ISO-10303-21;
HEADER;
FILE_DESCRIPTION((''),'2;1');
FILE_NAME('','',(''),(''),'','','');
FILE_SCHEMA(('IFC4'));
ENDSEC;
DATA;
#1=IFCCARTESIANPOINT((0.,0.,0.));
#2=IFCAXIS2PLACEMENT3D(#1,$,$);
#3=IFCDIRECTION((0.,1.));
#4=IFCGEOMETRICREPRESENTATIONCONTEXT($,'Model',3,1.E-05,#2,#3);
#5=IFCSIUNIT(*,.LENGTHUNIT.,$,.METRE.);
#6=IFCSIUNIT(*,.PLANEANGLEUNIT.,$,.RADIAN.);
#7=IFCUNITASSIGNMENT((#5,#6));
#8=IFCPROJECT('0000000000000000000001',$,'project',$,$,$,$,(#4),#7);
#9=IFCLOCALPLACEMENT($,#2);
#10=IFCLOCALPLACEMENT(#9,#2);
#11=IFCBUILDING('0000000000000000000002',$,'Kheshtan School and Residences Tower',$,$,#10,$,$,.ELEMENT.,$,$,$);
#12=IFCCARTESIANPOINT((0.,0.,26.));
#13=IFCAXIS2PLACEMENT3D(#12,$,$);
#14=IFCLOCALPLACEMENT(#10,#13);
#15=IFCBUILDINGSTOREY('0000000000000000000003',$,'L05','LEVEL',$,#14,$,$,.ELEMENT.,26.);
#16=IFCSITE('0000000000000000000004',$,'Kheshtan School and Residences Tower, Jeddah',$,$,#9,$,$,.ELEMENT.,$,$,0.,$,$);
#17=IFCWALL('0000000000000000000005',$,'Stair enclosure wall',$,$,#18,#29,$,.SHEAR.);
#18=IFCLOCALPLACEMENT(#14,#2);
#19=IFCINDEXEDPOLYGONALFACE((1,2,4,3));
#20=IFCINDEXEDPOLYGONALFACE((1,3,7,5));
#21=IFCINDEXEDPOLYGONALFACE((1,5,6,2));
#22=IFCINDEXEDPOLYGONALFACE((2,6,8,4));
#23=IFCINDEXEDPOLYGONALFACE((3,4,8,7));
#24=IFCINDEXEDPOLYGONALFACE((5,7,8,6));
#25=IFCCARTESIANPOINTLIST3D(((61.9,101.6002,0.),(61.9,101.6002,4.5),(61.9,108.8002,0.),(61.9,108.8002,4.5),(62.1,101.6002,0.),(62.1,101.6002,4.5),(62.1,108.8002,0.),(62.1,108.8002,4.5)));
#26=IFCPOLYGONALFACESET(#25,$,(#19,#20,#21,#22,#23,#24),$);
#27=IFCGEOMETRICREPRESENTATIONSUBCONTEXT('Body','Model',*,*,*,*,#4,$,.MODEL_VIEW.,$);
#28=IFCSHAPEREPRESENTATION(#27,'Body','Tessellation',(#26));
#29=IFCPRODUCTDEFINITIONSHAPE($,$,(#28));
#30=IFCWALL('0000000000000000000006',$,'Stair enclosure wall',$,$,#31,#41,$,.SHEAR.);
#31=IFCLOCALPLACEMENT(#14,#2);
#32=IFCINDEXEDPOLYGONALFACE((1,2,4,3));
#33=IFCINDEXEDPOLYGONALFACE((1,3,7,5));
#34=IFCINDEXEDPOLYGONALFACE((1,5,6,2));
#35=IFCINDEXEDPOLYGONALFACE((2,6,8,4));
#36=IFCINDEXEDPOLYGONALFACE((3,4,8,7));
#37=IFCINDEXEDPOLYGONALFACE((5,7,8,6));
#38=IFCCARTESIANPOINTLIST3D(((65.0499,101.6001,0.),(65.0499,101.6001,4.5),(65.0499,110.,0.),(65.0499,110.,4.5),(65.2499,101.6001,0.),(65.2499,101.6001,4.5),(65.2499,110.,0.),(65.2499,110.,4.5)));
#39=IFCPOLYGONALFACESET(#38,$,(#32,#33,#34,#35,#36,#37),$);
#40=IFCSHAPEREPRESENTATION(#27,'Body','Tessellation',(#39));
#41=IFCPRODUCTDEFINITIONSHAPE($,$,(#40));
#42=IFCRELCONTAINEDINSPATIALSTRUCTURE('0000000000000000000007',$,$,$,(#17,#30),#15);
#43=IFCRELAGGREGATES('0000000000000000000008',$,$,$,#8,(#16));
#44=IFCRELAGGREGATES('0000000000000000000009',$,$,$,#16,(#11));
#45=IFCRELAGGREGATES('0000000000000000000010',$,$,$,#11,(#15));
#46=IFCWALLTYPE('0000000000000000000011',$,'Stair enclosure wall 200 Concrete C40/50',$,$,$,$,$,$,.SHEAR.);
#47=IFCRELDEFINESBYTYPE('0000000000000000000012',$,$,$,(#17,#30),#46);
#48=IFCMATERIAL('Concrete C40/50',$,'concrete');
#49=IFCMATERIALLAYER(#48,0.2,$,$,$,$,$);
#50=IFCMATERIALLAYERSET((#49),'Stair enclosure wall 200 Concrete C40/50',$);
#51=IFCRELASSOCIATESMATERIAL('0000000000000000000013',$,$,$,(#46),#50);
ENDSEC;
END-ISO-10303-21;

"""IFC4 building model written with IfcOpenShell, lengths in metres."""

from ifc_helpers import new_model, si_unit, direction, frame, frame_2d, origin, place, context, subcontext, project, spatial, rectangle, extrude, material, layer, layer_set, type_object, element, save


model = new_model("IFC4")

# Units and contexts
model_context = context("Model", 3, precision=1e-05, world=origin(), true_north=direction((0.0, 1.0)))
body_context = subcontext(model_context, "Body", "Model", "MODEL_VIEW")
ifc_project = project(units=[si_unit("LENGTHUNIT", "METRE"), si_unit("PLANEANGLEUNIT", "RADIAN")], contexts=[model_context])

# Site, building, storey
site_placement = place(None, origin())
site = spatial("IfcSite", under=ifc_project, at=site_placement, Name="Kheshtan School and Residences Tower, Jeddah", CompositionType="ELEMENT", RefElevation=0.0)
building_placement = place(site_placement, origin())
building = spatial("IfcBuilding", under=site, at=building_placement, Name="Kheshtan School and Residences Tower", CompositionType="ELEMENT")
storey_placement = place(building_placement, frame((0.0, 0.0, 26.0)))
storey = spatial("IfcBuildingStorey", under=building, at=storey_placement, Name="L05", Description="LEVEL", CompositionType="ELEMENT", Elevation=26.0)

# Shared definitions
ifc_material_1 = material(Name="Concrete C40/50", Category="concrete")
ifc_layer_1 = layer(ifc_material_1, 0.2)
ifc_layer_set_1 = layer_set([ifc_layer_1], Name="Stair enclosure wall 200 Concrete C40/50")
wall_type_1 = type_object("IfcWallType", Name="Stair enclosure wall 200 Concrete C40/50", PredefinedType="SHEAR", material=ifc_layer_set_1)

# Walls
wall_1_placement = place(storey_placement, frame((62.0, 101.6001, 0.0), z_axis=(0.0, 0.0, 1.0), x_axis=(0.0, 1.0, 0.0)))
element("IfcWall", 1, at=wall_1_placement, inside=storey, type_object=wall_type_1, Name="Stair enclosure wall", PredefinedType="SHEAR", context=body_context, shape_type="SweptSolid", body=[
    extrude(rectangle(XDim=7.2, YDim=0.2, at=frame_2d((3.6001, 0.0))), origin(), (0.0, 0.0, 1.0), 4.5),
])
wall_2_placement = place(storey_placement, frame((65.1499, 101.6001, 0.0), z_axis=(0.0, 0.0, 1.0), x_axis=(0.0, 1.0, 0.0)))
element("IfcWall", 2, at=wall_2_placement, inside=storey, type_object=wall_type_1, Name="Stair enclosure wall", PredefinedType="SHEAR", context=body_context, shape_type="SweptSolid", body=[
    extrude(rectangle(XDim=8.3999, YDim=0.2, at=frame_2d((4.2, 0.0))), origin(), (0.0, 0.0, 1.0), 4.5),
])

save(model, "model.ifc")
